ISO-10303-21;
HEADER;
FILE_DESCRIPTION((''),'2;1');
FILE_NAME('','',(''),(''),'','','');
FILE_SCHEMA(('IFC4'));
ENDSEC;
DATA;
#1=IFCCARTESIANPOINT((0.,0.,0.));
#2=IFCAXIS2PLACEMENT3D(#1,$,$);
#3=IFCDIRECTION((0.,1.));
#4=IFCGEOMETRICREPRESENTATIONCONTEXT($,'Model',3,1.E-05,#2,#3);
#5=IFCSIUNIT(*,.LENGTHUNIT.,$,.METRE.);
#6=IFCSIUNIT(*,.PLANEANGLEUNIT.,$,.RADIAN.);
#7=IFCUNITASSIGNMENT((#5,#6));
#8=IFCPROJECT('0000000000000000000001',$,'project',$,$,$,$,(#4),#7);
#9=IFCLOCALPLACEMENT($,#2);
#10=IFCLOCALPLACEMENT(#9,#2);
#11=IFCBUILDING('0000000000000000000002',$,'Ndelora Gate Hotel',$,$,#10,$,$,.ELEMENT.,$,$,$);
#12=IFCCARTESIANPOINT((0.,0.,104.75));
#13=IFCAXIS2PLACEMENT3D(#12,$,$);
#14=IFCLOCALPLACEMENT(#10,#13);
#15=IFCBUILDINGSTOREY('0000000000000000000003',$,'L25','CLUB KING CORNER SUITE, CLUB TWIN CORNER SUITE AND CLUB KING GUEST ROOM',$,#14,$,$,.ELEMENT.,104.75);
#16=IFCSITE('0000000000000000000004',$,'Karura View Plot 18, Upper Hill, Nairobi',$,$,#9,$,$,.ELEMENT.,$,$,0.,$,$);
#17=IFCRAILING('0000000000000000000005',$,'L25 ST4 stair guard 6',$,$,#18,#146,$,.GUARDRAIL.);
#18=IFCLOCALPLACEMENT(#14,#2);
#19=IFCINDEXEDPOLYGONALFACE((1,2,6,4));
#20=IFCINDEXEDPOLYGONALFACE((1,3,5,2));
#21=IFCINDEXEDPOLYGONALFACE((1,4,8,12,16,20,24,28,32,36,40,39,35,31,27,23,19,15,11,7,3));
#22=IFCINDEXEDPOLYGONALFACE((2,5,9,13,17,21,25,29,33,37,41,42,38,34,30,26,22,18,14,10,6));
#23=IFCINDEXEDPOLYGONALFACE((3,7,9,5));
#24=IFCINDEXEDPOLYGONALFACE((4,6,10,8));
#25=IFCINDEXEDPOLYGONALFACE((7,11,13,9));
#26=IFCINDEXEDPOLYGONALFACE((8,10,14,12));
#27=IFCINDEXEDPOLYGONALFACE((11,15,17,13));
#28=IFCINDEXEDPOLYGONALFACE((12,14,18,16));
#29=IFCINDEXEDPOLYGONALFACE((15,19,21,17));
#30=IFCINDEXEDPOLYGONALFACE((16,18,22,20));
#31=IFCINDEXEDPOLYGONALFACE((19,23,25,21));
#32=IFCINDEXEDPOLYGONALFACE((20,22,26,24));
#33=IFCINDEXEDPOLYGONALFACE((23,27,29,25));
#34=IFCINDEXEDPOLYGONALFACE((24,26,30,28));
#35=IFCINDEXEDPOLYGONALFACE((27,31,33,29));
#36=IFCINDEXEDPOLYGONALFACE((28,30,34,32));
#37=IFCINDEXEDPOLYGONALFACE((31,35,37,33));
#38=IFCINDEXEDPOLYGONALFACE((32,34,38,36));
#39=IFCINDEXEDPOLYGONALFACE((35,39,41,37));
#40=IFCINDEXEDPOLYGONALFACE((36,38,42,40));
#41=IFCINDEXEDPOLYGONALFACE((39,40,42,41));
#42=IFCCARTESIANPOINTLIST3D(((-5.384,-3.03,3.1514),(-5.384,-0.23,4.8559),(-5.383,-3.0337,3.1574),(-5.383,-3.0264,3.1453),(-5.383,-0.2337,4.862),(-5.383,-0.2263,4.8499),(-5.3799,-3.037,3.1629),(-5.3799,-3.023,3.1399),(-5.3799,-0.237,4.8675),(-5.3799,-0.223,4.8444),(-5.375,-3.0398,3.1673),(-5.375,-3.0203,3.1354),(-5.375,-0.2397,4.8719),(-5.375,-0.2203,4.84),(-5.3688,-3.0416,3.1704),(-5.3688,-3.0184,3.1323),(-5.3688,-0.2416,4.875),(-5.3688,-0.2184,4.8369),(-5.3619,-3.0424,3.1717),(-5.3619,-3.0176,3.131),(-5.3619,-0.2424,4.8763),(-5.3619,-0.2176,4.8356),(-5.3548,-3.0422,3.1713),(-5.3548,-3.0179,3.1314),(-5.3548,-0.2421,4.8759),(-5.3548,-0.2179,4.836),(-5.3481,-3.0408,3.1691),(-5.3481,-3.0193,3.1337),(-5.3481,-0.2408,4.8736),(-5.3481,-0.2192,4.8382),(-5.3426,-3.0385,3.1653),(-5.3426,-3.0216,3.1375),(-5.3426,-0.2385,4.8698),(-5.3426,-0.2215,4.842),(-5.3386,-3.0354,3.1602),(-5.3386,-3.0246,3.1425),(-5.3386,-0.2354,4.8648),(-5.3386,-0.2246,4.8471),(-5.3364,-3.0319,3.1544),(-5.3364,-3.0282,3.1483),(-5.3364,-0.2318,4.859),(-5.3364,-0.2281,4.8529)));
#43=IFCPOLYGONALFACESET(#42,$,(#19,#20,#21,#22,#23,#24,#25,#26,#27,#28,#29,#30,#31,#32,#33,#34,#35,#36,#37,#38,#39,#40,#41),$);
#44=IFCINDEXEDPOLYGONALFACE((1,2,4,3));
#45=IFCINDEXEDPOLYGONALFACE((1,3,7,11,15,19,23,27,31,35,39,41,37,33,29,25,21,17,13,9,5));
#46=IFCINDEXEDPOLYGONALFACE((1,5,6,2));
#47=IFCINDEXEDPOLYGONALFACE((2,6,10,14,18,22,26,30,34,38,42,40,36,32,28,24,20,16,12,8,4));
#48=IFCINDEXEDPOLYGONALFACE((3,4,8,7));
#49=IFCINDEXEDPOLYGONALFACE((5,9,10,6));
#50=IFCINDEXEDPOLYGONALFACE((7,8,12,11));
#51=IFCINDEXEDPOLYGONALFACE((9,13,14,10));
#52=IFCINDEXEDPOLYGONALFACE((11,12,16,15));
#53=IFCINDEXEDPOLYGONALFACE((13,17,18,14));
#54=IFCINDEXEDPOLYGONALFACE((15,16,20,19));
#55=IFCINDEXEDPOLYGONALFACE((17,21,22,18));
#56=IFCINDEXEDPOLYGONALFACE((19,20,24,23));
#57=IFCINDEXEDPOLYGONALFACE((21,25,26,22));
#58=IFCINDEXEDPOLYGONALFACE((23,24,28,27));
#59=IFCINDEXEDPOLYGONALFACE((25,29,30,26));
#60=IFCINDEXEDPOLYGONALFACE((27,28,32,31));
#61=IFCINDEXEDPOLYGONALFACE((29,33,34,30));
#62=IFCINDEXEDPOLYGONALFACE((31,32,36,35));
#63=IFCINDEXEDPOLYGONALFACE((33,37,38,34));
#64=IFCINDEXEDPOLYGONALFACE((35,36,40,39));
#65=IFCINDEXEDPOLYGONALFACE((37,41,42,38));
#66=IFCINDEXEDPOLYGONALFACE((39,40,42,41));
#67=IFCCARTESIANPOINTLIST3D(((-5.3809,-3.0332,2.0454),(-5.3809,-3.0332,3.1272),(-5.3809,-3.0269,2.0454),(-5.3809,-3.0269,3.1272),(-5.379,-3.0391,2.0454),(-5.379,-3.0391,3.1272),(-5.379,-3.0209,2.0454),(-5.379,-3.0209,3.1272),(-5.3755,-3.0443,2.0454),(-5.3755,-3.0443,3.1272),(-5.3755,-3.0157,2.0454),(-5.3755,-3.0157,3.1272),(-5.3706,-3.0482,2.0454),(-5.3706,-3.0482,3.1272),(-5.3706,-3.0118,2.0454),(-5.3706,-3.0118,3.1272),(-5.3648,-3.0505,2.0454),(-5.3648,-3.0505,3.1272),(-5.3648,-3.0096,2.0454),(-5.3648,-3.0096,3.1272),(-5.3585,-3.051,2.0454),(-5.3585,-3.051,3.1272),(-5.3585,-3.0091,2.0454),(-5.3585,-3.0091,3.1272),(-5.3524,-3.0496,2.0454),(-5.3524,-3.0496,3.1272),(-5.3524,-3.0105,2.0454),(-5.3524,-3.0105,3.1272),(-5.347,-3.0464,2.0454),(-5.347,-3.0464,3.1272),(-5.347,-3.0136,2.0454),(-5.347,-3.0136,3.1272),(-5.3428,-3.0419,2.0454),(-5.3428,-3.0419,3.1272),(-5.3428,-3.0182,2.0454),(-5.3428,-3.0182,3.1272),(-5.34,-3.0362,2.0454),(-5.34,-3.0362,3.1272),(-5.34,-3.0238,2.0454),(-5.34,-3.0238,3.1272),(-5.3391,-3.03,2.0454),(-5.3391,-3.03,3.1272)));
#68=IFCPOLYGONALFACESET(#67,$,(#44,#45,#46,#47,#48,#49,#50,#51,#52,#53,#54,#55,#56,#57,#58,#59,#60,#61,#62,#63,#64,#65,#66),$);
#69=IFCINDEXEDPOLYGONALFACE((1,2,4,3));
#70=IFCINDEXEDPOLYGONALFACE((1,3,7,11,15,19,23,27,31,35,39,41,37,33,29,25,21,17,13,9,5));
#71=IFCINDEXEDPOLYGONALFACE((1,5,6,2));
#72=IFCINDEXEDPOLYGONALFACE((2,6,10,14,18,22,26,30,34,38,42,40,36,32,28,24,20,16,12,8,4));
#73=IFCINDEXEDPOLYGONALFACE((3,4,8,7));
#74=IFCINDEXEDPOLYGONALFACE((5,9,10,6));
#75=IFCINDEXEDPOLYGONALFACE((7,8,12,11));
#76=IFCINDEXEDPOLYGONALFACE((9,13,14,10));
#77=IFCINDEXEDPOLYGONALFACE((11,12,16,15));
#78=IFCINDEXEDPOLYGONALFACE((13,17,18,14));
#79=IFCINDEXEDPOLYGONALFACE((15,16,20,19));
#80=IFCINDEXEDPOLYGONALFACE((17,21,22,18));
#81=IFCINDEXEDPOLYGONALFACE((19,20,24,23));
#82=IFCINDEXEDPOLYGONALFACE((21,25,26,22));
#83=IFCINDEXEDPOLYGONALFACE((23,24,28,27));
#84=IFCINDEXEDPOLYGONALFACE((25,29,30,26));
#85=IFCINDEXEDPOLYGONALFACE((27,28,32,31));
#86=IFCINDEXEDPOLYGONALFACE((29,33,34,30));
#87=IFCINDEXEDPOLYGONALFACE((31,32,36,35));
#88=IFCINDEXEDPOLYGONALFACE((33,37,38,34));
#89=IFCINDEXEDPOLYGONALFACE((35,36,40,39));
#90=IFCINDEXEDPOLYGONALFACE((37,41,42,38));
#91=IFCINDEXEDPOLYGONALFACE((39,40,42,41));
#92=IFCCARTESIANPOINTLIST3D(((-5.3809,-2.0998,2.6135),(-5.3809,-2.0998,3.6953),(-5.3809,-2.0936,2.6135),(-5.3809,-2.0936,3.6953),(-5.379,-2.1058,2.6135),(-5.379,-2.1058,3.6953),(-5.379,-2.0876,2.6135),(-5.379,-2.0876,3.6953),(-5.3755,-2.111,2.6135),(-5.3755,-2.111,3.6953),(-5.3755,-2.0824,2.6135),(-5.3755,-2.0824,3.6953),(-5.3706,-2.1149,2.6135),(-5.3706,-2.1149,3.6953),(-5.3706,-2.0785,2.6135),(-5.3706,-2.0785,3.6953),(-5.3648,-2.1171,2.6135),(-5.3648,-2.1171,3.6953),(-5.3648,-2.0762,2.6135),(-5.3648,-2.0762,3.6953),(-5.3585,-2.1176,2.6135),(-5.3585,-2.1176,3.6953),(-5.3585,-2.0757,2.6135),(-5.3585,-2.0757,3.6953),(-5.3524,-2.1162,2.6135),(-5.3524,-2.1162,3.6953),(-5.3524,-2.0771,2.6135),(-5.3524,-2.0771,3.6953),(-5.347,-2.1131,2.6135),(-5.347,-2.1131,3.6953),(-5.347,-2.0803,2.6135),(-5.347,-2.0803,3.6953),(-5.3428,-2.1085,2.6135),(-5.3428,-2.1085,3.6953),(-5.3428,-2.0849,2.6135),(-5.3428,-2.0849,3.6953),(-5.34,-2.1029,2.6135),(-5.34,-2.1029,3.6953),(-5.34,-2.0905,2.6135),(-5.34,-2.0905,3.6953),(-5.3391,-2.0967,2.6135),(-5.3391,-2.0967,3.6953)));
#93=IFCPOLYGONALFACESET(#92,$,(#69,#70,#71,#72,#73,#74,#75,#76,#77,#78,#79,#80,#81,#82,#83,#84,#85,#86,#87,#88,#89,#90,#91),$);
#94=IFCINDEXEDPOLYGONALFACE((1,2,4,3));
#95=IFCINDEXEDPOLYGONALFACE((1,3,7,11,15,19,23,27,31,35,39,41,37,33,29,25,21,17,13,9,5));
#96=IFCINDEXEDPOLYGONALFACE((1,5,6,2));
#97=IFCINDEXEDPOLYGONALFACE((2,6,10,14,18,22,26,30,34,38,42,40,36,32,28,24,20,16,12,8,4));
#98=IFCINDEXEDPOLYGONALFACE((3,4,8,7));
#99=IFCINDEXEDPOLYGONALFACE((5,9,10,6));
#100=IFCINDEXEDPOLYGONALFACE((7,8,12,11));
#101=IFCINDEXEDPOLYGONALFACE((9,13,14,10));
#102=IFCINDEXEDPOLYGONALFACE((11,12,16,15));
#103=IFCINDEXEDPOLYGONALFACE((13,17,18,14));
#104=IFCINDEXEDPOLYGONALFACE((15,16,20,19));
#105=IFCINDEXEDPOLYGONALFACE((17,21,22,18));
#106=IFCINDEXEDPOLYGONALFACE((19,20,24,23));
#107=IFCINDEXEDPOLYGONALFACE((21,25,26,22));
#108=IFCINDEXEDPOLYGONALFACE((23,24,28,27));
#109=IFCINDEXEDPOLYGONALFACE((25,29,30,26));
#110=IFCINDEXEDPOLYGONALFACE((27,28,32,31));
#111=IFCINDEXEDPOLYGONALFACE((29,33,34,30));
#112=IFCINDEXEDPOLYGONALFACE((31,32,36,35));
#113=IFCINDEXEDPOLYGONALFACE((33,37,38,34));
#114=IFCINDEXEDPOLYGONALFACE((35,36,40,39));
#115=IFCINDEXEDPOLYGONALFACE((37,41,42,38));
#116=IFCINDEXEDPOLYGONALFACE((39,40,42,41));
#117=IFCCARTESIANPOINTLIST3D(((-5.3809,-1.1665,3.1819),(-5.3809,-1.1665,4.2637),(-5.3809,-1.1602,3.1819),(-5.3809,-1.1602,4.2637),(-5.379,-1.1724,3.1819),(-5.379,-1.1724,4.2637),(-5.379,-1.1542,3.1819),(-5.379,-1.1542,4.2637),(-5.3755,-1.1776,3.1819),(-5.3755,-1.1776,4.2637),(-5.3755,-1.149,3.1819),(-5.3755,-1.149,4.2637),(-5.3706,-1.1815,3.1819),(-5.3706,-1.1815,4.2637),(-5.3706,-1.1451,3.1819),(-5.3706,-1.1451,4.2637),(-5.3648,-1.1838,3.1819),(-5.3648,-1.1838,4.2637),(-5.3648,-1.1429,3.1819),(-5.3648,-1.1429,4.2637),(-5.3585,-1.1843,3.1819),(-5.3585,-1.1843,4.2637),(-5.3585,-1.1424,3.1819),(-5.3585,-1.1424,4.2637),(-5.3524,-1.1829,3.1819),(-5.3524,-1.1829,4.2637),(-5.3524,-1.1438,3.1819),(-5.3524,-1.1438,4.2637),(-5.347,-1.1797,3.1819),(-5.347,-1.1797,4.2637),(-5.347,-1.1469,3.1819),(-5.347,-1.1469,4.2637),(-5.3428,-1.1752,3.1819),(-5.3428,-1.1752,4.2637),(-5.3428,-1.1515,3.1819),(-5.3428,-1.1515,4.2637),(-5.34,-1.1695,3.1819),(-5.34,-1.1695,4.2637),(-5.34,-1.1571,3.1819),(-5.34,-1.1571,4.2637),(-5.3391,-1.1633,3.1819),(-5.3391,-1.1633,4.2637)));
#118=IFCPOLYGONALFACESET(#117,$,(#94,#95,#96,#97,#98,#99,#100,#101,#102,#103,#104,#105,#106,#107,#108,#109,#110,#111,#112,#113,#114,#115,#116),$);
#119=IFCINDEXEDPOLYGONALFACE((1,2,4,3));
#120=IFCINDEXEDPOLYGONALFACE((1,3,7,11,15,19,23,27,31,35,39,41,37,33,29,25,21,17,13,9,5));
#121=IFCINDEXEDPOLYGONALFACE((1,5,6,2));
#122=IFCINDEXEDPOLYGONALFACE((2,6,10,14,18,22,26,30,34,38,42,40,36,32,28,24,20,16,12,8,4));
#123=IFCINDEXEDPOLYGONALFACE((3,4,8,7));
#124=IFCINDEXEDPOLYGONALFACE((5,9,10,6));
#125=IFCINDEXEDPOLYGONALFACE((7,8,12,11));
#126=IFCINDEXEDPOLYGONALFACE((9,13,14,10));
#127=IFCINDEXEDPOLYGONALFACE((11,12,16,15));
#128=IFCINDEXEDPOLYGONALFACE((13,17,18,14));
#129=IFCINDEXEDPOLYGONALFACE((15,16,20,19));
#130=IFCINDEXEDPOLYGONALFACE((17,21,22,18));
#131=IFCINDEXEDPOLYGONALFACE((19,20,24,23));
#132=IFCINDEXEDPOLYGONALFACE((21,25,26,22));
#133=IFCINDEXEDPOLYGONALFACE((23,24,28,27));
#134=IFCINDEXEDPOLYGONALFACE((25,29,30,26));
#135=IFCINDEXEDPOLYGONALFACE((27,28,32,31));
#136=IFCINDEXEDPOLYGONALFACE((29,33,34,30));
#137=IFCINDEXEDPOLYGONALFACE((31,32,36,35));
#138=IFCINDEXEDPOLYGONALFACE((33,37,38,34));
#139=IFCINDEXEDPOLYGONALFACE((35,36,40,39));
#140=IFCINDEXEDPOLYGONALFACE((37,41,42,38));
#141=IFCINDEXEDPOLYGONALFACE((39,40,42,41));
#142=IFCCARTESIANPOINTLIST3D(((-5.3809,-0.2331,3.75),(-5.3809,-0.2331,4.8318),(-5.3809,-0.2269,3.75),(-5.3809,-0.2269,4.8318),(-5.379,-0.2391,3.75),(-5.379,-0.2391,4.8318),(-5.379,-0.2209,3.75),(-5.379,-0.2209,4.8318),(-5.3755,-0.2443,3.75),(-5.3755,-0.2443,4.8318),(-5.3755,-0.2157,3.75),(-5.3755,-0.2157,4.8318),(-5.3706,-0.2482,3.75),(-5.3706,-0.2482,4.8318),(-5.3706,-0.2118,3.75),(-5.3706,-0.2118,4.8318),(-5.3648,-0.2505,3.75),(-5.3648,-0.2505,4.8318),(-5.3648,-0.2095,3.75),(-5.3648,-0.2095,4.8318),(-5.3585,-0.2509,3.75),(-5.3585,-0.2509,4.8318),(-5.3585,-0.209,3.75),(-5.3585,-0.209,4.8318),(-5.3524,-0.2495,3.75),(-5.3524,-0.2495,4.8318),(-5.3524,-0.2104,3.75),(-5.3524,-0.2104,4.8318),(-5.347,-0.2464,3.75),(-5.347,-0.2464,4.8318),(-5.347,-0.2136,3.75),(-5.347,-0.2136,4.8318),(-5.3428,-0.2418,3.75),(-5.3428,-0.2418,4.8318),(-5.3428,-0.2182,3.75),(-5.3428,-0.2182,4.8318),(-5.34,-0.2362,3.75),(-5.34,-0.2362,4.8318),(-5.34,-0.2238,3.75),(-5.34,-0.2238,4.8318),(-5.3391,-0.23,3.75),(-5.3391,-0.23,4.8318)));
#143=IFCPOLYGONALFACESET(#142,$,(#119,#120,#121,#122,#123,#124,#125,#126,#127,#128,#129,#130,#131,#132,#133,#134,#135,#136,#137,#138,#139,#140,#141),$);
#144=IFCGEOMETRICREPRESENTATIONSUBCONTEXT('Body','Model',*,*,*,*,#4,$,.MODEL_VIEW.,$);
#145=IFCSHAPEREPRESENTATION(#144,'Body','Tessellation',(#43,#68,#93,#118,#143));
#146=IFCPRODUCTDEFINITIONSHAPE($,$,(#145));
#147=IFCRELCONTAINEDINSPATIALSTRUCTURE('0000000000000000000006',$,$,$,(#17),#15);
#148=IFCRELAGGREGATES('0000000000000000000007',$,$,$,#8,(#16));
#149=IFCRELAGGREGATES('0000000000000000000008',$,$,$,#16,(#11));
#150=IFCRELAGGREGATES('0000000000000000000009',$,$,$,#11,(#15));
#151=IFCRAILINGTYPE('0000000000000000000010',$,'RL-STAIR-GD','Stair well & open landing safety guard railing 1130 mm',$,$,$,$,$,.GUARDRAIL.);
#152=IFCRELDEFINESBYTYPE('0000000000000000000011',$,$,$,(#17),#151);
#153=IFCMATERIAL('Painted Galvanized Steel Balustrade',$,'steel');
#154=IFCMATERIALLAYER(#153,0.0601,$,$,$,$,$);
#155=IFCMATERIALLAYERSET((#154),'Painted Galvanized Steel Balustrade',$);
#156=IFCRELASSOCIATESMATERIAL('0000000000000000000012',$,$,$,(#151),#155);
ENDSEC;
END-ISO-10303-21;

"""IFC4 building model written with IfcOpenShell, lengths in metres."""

from ifc_helpers import new_model, si_unit, direction, frame, origin, origin_2d, place, context, subcontext, project, spatial, circle, extrude, material, layer, layer_set, type_object, element, save


model = new_model("IFC4")

# Units and contexts
model_context = context("Model", 3, precision=1e-05, world=origin(), true_north=direction((0.0, 1.0)))
body_context = subcontext(model_context, "Body", "Model", "MODEL_VIEW")
ifc_project = project(units=[si_unit("LENGTHUNIT", "METRE"), si_unit("PLANEANGLEUNIT", "RADIAN")], contexts=[model_context])

# Site, building, storey
site_placement = place(None, origin())
site = spatial("IfcSite", under=ifc_project, at=site_placement, Name="Karura View Plot 18, Upper Hill, Nairobi", CompositionType="ELEMENT", RefElevation=0.0)
building_placement = place(site_placement, origin())
building = spatial("IfcBuilding", under=site, at=building_placement, Name="Ndelora Gate Hotel", CompositionType="ELEMENT")
storey_placement = place(building_placement, frame((0.0, 0.0, 104.75)))
storey = spatial("IfcBuildingStorey", under=building, at=storey_placement, Name="L25", Description="CLUB KING CORNER SUITE, CLUB TWIN CORNER SUITE AND CLUB KING GUEST ROOM", CompositionType="ELEMENT", Elevation=104.75)

# Railing
ifc_material_1 = material(Name="Painted Galvanized Steel Balustrade", Category="steel")
ifc_layer_1 = layer(ifc_material_1, 0.0601)
ifc_layer_set_1 = layer_set([ifc_layer_1], Name="Painted Galvanized Steel Balustrade")
railing_type_1 = type_object("IfcRailingType", Name="RL-STAIR-GD", Description="Stair well & open landing safety guard railing 1130 mm", PredefinedType="GUARDRAIL", material=ifc_layer_set_1)
railing_1_placement = place(storey_placement, frame((-5.3601, -3.03, 2.0454)))
element("IfcRailing", 1, at=railing_1_placement, inside=storey, type_object=railing_type_1, Name="L25 ST4 stair guard 6", PredefinedType="GUARDRAIL", context=body_context, shape_type="SweptSolid", body=[
    extrude(circle(Radius=0.0239, at=origin_2d()), frame((0.0, 0.0, 1.106), z_axis=(0.0, 0.85417, 0.519994), x_axis=(-1.0, 0.0, 0.0)), (0.0, 0.0, 1.0), 3.2781),
    extrude(circle(Radius=0.021, at=origin_2d()), origin(), (0.0, 0.0, 1.0), 1.0818),
    extrude(circle(Radius=0.021, at=origin_2d()), frame((0.0, 0.9333, 0.5681)), (0.0, 0.0, 1.0), 1.0818),
    extrude(circle(Radius=0.021, at=origin_2d()), frame((0.0, 1.8667, 1.1365)), (0.0, 0.0, 1.0), 1.0818),
    extrude(circle(Radius=0.021, at=origin_2d()), frame((0.0, 2.8, 1.7046)), (0.0, 0.0, 1.0), 1.0818),
])

save(model, "model.ifc")
